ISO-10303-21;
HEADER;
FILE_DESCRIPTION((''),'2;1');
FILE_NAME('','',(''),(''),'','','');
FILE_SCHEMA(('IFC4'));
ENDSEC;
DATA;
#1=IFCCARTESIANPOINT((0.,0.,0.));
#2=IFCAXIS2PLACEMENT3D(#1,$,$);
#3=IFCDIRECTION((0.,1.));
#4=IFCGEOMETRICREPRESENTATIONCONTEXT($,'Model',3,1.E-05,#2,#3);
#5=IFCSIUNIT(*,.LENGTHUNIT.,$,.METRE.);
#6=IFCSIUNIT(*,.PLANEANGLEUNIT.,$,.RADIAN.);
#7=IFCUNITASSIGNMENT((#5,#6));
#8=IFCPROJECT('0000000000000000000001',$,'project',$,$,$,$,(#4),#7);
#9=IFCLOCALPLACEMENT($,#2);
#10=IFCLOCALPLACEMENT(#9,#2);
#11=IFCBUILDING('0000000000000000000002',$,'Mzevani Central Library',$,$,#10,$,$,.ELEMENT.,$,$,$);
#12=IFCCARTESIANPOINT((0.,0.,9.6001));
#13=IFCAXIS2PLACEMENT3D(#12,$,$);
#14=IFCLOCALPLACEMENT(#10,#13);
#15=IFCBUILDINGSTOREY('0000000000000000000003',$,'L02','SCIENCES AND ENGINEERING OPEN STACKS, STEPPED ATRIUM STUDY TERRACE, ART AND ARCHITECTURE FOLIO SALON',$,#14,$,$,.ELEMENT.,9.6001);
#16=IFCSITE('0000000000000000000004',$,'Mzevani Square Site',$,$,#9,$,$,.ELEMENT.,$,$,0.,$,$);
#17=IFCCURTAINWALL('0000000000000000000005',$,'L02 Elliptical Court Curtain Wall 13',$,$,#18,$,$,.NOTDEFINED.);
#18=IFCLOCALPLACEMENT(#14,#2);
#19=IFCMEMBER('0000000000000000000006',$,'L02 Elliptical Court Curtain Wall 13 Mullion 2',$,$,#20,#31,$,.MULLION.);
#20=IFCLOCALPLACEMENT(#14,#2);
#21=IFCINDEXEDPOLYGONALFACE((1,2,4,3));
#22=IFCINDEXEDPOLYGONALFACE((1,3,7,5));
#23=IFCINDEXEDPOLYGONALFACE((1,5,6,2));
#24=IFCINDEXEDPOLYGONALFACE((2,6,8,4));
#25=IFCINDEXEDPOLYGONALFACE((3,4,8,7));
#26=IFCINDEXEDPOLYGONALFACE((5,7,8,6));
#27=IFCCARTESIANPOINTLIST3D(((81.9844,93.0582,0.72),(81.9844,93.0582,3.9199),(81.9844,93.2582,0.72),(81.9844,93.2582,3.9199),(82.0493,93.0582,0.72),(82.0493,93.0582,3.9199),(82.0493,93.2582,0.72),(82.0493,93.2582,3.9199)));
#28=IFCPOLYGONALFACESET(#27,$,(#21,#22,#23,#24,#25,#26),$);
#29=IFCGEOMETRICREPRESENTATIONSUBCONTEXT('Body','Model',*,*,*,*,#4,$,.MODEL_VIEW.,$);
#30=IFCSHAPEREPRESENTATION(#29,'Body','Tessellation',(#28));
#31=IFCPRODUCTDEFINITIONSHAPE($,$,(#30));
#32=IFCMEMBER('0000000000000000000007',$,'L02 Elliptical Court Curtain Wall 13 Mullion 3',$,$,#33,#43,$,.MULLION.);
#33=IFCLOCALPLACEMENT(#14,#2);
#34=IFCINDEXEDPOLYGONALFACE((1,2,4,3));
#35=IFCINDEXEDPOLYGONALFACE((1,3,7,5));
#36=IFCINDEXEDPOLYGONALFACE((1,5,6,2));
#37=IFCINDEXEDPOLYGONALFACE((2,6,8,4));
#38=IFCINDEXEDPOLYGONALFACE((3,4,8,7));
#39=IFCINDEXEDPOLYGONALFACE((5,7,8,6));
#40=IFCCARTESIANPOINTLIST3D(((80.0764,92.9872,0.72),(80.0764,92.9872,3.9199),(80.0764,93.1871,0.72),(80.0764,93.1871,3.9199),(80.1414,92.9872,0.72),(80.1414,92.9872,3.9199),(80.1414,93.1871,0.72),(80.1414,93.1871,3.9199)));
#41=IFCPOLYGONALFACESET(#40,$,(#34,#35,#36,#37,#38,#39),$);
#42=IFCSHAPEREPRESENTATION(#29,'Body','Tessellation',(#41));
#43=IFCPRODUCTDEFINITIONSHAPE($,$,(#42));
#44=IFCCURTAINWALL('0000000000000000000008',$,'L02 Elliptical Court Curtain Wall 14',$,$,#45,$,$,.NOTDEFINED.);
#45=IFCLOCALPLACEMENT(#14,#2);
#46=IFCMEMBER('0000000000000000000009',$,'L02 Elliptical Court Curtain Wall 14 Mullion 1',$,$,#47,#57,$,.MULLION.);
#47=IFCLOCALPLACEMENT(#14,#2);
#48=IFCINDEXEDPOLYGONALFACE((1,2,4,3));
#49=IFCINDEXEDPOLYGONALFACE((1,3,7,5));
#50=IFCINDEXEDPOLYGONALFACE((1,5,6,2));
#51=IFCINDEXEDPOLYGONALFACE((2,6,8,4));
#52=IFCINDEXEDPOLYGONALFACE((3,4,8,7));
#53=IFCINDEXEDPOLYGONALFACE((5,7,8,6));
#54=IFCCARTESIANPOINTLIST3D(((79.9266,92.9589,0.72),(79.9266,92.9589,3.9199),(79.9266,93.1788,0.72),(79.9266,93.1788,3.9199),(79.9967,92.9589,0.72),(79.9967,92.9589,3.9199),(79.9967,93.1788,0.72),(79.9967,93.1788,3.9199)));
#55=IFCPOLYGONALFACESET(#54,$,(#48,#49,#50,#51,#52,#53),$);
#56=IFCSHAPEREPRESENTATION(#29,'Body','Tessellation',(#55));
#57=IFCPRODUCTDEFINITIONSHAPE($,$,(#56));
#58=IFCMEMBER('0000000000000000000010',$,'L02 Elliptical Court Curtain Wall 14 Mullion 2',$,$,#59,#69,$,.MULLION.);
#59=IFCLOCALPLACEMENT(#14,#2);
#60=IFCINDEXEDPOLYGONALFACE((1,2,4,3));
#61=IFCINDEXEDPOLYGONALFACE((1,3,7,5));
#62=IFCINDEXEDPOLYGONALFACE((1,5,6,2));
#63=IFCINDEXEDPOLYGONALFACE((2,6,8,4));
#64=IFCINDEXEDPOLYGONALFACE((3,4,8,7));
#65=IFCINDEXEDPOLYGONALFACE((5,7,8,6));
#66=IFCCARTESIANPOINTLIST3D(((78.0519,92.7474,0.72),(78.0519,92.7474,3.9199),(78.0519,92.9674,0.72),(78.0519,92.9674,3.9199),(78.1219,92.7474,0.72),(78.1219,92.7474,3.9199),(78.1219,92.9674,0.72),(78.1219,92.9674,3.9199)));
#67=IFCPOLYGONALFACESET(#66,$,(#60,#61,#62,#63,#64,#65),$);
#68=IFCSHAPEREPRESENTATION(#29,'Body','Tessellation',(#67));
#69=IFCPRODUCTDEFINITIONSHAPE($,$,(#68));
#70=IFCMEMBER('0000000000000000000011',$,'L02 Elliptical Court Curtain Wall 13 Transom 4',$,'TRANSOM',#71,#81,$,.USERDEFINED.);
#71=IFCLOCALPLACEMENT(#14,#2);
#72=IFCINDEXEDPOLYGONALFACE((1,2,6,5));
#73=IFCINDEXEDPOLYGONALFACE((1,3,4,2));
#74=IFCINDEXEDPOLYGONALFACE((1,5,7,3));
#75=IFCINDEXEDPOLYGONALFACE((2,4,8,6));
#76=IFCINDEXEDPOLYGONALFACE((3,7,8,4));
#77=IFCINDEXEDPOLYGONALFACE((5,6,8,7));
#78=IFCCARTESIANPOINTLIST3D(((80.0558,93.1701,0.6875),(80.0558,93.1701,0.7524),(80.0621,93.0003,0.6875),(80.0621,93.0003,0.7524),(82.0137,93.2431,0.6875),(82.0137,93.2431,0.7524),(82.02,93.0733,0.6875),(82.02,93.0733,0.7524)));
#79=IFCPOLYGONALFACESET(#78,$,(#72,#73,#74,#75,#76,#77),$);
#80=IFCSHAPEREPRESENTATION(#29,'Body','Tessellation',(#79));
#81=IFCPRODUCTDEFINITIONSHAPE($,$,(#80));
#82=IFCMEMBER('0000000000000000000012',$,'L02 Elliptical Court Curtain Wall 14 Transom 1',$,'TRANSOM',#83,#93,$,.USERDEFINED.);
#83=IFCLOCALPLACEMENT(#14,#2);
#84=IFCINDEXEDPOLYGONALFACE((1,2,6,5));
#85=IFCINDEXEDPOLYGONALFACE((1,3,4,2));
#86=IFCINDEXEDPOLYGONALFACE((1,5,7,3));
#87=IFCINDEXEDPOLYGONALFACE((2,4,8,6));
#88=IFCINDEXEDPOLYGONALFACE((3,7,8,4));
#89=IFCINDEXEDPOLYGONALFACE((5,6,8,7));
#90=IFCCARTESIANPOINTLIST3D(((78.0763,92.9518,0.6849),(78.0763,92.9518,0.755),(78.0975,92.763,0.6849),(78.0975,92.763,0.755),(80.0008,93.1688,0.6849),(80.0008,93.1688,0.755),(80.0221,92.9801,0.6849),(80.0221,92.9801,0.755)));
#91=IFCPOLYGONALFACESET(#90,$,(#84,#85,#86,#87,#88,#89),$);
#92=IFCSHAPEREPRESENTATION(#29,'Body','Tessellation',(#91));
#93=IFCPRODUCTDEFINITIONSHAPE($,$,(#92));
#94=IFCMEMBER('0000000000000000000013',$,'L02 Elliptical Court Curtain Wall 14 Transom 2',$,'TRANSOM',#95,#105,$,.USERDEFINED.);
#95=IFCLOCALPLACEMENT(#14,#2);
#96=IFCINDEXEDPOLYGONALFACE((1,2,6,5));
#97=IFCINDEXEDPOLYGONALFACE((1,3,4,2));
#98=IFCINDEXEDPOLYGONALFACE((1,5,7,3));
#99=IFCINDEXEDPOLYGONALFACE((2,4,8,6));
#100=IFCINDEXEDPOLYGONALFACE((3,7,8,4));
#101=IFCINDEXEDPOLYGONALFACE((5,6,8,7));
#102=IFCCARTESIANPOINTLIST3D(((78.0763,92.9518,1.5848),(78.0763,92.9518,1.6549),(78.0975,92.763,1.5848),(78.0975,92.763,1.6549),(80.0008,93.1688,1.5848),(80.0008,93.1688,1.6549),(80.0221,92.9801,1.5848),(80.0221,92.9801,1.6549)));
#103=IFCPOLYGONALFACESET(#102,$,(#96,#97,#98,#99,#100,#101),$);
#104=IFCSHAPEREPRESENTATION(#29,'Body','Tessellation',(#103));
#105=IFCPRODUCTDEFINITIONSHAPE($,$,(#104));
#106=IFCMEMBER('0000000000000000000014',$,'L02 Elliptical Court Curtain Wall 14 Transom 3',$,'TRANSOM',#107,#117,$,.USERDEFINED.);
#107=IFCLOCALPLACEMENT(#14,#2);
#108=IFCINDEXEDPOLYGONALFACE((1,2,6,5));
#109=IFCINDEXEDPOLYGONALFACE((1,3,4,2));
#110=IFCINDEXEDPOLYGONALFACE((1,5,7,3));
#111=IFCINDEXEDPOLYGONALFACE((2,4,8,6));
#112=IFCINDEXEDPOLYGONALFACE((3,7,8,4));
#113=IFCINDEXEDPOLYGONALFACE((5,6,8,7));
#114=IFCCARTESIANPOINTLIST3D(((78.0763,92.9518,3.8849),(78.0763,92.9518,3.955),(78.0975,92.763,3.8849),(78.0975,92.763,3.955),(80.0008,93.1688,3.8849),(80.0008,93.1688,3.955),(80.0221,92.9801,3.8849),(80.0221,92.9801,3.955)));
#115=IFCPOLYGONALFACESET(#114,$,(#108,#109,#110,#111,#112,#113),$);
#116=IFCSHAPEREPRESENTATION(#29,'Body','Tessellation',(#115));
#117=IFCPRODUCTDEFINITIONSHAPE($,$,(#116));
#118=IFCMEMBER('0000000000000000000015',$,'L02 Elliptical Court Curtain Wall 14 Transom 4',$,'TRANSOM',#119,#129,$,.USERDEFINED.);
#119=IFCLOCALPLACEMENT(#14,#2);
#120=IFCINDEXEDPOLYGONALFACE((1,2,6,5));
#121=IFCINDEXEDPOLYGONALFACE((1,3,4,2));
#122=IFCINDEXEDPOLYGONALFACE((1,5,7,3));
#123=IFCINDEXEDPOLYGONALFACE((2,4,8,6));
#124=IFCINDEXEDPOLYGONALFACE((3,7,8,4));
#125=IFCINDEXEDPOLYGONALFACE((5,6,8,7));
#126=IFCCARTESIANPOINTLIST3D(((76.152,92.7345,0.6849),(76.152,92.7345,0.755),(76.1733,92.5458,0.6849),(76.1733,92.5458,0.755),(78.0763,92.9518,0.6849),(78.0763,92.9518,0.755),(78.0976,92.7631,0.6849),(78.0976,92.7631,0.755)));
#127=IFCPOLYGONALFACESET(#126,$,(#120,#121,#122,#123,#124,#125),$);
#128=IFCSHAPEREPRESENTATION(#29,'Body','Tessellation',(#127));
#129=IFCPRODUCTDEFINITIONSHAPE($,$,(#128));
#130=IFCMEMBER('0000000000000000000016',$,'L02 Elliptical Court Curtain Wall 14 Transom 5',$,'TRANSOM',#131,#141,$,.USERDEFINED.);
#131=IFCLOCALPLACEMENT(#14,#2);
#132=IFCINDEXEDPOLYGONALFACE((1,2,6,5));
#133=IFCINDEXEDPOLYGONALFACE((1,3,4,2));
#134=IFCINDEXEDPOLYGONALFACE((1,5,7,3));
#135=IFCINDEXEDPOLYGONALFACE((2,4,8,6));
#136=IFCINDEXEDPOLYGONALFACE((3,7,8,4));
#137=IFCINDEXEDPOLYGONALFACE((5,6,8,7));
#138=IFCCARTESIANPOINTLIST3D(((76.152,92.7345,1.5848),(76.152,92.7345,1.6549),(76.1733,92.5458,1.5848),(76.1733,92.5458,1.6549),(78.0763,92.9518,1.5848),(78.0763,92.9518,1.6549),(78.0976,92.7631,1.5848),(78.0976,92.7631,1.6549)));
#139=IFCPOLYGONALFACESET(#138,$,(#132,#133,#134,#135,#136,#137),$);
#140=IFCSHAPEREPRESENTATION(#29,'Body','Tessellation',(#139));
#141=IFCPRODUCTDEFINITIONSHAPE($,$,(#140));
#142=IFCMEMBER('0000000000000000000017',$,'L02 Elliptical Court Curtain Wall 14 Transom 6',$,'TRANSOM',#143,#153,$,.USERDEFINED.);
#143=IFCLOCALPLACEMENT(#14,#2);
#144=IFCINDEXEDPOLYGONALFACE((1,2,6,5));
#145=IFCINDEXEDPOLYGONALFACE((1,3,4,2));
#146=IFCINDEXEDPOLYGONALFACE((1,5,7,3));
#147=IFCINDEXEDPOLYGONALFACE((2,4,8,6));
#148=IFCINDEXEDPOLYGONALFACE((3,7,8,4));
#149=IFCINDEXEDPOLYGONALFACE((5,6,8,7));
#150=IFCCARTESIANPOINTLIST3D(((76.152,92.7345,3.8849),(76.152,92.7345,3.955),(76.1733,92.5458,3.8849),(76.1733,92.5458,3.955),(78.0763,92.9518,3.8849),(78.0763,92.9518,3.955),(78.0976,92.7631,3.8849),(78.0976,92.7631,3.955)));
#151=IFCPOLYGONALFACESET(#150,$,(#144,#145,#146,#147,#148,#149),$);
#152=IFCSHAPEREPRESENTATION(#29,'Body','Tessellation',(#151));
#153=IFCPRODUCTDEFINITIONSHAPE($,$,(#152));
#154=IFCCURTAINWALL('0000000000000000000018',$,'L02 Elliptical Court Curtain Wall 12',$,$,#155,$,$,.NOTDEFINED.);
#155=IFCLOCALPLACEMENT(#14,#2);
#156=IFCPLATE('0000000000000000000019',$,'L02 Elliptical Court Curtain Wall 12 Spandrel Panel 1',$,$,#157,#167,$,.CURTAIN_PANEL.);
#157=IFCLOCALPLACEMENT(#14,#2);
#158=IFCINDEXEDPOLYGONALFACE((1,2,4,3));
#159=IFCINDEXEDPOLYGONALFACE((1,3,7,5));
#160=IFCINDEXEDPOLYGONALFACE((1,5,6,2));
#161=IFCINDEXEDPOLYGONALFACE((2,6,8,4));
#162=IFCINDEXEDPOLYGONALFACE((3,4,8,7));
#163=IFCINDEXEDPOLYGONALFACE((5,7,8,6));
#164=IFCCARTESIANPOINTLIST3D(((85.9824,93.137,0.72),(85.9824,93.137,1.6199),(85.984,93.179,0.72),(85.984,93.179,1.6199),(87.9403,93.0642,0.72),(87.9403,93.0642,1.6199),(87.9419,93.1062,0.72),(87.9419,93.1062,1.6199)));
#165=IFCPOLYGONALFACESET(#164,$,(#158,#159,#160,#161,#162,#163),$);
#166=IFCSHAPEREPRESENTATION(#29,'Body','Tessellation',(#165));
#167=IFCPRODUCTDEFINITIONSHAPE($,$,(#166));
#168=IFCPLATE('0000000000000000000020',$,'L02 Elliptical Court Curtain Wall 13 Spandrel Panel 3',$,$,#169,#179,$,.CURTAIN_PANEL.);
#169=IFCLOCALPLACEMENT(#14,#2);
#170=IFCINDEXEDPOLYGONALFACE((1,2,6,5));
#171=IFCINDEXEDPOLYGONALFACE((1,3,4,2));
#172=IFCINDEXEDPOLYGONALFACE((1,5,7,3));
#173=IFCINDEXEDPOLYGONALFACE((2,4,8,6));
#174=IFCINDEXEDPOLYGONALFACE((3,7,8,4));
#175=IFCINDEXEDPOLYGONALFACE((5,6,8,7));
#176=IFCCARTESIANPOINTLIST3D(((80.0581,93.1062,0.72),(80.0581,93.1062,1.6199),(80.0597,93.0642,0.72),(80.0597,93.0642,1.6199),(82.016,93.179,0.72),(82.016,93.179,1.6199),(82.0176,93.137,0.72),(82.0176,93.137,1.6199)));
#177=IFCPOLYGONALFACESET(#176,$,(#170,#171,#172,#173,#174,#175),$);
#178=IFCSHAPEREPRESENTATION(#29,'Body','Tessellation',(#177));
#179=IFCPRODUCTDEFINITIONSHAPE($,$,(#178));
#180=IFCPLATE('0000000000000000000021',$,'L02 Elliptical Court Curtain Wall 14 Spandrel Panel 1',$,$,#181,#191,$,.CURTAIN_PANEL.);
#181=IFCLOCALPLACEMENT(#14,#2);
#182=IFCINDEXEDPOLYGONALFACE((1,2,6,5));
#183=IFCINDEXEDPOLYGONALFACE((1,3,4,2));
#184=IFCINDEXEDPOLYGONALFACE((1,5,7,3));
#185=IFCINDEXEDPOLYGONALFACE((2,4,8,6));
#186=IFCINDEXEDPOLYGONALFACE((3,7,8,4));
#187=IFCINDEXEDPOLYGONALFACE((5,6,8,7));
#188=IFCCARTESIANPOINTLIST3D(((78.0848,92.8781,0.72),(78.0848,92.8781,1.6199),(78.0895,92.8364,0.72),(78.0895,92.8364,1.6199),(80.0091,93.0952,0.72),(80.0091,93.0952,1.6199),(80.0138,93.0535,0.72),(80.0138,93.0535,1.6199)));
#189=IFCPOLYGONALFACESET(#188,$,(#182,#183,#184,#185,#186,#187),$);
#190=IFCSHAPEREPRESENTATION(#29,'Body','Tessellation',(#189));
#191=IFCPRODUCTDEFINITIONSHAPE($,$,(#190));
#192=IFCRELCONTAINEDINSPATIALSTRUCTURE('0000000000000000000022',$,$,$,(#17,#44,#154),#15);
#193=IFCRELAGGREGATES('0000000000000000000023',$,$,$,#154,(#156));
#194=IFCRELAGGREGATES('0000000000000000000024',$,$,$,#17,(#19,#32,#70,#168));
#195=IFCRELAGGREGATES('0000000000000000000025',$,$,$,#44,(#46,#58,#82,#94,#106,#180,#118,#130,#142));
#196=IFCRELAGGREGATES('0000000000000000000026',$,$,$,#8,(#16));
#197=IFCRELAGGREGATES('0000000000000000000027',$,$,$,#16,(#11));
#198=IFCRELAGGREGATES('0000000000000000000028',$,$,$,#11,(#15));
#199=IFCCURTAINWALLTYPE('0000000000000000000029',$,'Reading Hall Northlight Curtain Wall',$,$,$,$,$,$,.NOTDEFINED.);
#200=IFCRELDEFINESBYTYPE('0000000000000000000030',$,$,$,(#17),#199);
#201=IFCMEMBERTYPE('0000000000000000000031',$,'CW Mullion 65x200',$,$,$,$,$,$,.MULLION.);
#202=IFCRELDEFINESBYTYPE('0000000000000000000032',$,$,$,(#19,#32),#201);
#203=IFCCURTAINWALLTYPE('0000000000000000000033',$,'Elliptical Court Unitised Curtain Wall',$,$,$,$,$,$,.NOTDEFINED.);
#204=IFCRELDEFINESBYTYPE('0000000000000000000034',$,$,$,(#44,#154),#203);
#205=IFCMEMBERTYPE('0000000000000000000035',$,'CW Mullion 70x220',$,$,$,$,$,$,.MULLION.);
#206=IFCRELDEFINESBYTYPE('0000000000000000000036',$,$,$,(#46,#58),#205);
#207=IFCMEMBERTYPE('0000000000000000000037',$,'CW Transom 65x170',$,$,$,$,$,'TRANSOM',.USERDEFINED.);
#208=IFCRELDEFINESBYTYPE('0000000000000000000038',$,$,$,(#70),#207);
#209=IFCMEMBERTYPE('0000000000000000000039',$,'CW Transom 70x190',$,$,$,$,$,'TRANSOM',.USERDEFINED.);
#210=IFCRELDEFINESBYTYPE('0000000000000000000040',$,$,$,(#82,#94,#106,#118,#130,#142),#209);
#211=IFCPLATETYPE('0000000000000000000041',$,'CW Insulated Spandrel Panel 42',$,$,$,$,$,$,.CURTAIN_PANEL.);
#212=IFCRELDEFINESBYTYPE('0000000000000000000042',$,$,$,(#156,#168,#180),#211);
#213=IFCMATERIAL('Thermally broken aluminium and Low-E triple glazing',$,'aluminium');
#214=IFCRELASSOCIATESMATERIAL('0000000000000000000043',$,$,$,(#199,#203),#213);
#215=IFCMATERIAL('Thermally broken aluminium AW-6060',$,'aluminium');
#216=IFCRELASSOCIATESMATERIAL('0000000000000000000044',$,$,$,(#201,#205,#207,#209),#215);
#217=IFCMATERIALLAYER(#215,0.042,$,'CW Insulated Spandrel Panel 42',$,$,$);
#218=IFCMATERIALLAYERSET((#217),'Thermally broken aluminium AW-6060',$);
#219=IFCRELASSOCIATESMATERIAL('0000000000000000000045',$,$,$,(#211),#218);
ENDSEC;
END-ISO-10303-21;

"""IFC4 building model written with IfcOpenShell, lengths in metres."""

from ifc_helpers import new_model, si_unit, direction, frame, origin, origin_2d, place, context, subcontext, project, spatial, rectangle, extrude, material, layer, layer_set, material_profile, profile_set, type_object, element, aggregate, save


model = new_model("IFC4")

# Units and contexts
model_context = context("Model", 3, precision=1e-05, world=origin(), true_north=direction((0.0, 1.0)))
body_context = subcontext(model_context, "Body", "Model", "MODEL_VIEW")
ifc_project = project(units=[si_unit("LENGTHUNIT", "METRE"), si_unit("PLANEANGLEUNIT", "RADIAN")], contexts=[model_context])

# Site, building, storey
site_placement = place(None, origin())
site = spatial("IfcSite", under=ifc_project, at=site_placement, Name="Mzevani Square Site", CompositionType="ELEMENT", RefElevation=0.0)
building_placement = place(site_placement, origin())
building = spatial("IfcBuilding", under=site, at=building_placement, Name="Mzevani Central Library", CompositionType="ELEMENT")
storey_placement = place(building_placement, frame((0.0, 0.0, 9.6001)))
storey = spatial("IfcBuildingStorey", under=building, at=storey_placement, Name="L02", Description="SCIENCES AND ENGINEERING OPEN STACKS, STEPPED ATRIUM STUDY TERRACE, ART AND ARCHITECTURE FOLIO SALON", CompositionType="ELEMENT", Elevation=9.6001)

# Curtain walls, members
ifc_material_1 = material(Name="Thermally broken aluminium and Low-E triple glazing", Category="aluminium")
curtain_wall_type_1 = type_object("IfcCurtainWallType", Name="Reading Hall Northlight Curtain Wall", PredefinedType="NOTDEFINED", material=ifc_material_1)
curtain_wall_1_placement = place(storey_placement, origin())
curtain_wall_1 = element("IfcCurtainWall", 1, at=curtain_wall_1_placement, inside=storey, type_object=curtain_wall_type_1, Name="L02 Elliptical Court Curtain Wall 13", PredefinedType="NOTDEFINED")
ifc_material_2 = material(Name="Thermally broken aluminium AW-6060", Category="aluminium")
ifc_material_profile_1 = material_profile(ifc_material_2, rectangle(XDim=0.0649, YDim=0.2, at=origin_2d()), Name="ALU M65x200")
ifc_profile_set_1 = profile_set([ifc_material_profile_1], Name="Thermally broken aluminium AW-6060")
member_type_1 = type_object("IfcMemberType", Name="CW Mullion 65x200", PredefinedType="MULLION", material=ifc_profile_set_1)
member_1_placement = place(storey_placement, frame((82.0168, 93.1582, 0.72), z_axis=(0.0, 0.0, 1.0), x_axis=(1.0, 0.0, 0.0)))
member_1 = element("IfcMember", 2, at=member_1_placement, type_object=member_type_1, Name="L02 Elliptical Court Curtain Wall 13 Mullion 2", PredefinedType="MULLION", context=body_context, shape_type="SweptSolid", body=[
    extrude(rectangle(XDim=0.0649, YDim=0.2, at=origin_2d()), origin(), (0.0, 0.0, 1.0), 3.2),
])
member_2_placement = place(storey_placement, frame((80.1089, 93.0872, 0.72), z_axis=(0.0, 0.0, 1.0), x_axis=(1.0, 0.0, 0.0)))
member_2 = element("IfcMember", 3, at=member_2_placement, type_object=member_type_1, Name="L02 Elliptical Court Curtain Wall 13 Mullion 3", PredefinedType="MULLION", context=body_context, shape_type="SweptSolid", body=[
    extrude(rectangle(XDim=0.0649, YDim=0.2, at=origin_2d()), origin(), (0.0, 0.0, 1.0), 3.2),
])
curtain_wall_type_2 = type_object("IfcCurtainWallType", Name="Elliptical Court Unitised Curtain Wall", PredefinedType="NOTDEFINED", material=ifc_material_1)
curtain_wall_2_placement = place(storey_placement, origin())
curtain_wall_2 = element("IfcCurtainWall", 4, at=curtain_wall_2_placement, inside=storey, type_object=curtain_wall_type_2, Name="L02 Elliptical Court Curtain Wall 14", PredefinedType="NOTDEFINED")
ifc_material_profile_2 = material_profile(ifc_material_2, rectangle(XDim=0.0701, YDim=0.22, at=origin_2d()), Name="ALU M70x220")
ifc_profile_set_2 = profile_set([ifc_material_profile_2], Name="Thermally broken aluminium AW-6060")
member_type_2 = type_object("IfcMemberType", Name="CW Mullion 70x220", PredefinedType="MULLION", material=ifc_profile_set_2)
member_3_placement = place(storey_placement, frame((79.9617, 93.0688, 0.72), z_axis=(0.0, 0.0, 1.0), x_axis=(1.0, 0.0, 0.0)))
member_3 = element("IfcMember", 5, at=member_3_placement, type_object=member_type_2, Name="L02 Elliptical Court Curtain Wall 14 Mullion 1", PredefinedType="MULLION", context=body_context, shape_type="SweptSolid", body=[
    extrude(rectangle(XDim=0.0701, YDim=0.22, at=origin_2d()), origin(), (0.0, 0.0, 1.0), 3.2),
])
member_4_placement = place(storey_placement, frame((78.0869, 92.8574, 0.72), z_axis=(0.0, 0.0, 1.0), x_axis=(1.0, 0.0, 0.0)))
member_4 = element("IfcMember", 6, at=member_4_placement, type_object=member_type_2, Name="L02 Elliptical Court Curtain Wall 14 Mullion 2", PredefinedType="MULLION", context=body_context, shape_type="SweptSolid", body=[
    extrude(rectangle(XDim=0.0701, YDim=0.22, at=origin_2d()), origin(), (0.0, 0.0, 1.0), 3.2),
])

# Members
ifc_material_profile_3 = material_profile(ifc_material_2, rectangle(XDim=0.1699, YDim=0.0649, at=origin_2d()), Name="ALU T65x170")
ifc_profile_set_3 = profile_set([ifc_material_profile_3], Name="Thermally broken aluminium AW-6060")
member_type_3 = type_object("IfcMemberType", Name="CW Transom 65x170", ElementType="TRANSOM", PredefinedType="USERDEFINED", material=ifc_profile_set_3)
member_5_placement = place(storey_placement, frame((82.0168, 93.1582, 0.72), z_axis=(-0.999306, -0.037261, 0.0), x_axis=(0.037261, -0.999306, 0.0)))
member_5 = element("IfcMember", 7, at=member_5_placement, type_object=member_type_3, Name="L02 Elliptical Court Curtain Wall 13 Transom 4", ObjectType="TRANSOM", PredefinedType="USERDEFINED", context=body_context, shape_type="SweptSolid", body=[
    extrude(rectangle(XDim=0.1699, YDim=0.0649, at=origin_2d()), origin(), (0.0, 0.0, 1.0), 1.9592),
])
ifc_material_profile_4 = material_profile(ifc_material_2, rectangle(XDim=0.1899, YDim=0.0701, at=origin_2d()), Name="ALU T70x190")
ifc_profile_set_4 = profile_set([ifc_material_profile_4], Name="Thermally broken aluminium AW-6060")
member_type_4 = type_object("IfcMemberType", Name="CW Transom 70x190", ElementType="TRANSOM", PredefinedType="USERDEFINED", material=ifc_profile_set_4)
member_6_placement = place(storey_placement, frame((80.0115, 93.0745, 0.72), z_axis=(-0.993701, -0.112064, 0.0), x_axis=(0.112064, -0.993701, 0.0)))
member_6 = element("IfcMember", 8, at=member_6_placement, type_object=member_type_4, Name="L02 Elliptical Court Curtain Wall 14 Transom 1", ObjectType="TRANSOM", PredefinedType="USERDEFINED", context=body_context, shape_type="SweptSolid", body=[
    extrude(rectangle(XDim=0.1899, YDim=0.0701, at=origin_2d()), origin(), (0.0, 0.0, 1.0), 1.9368),
])
member_7_placement = place(storey_placement, frame((80.0115, 93.0745, 1.6199), z_axis=(-0.993701, -0.112064, 0.0), x_axis=(0.112064, -0.993701, 0.0)))
member_7 = element("IfcMember", 9, at=member_7_placement, type_object=member_type_4, Name="L02 Elliptical Court Curtain Wall 14 Transom 2", ObjectType="TRANSOM", PredefinedType="USERDEFINED", context=body_context, shape_type="SweptSolid", body=[
    extrude(rectangle(XDim=0.1899, YDim=0.0701, at=origin_2d()), origin(), (0.0, 0.0, 1.0), 1.9368),
])
member_8_placement = place(storey_placement, frame((80.0115, 93.0745, 3.9199), z_axis=(-0.993701, -0.112064, 0.0), x_axis=(0.112064, -0.993701, 0.0)))
member_8 = element("IfcMember", 10, at=member_8_placement, type_object=member_type_4, Name="L02 Elliptical Court Curtain Wall 14 Transom 3", ObjectType="TRANSOM", PredefinedType="USERDEFINED", context=body_context, shape_type="SweptSolid", body=[
    extrude(rectangle(XDim=0.1899, YDim=0.0701, at=origin_2d()), origin(), (0.0, 0.0, 1.0), 1.9368),
])
member_9_placement = place(storey_placement, frame((78.0869, 92.8574, 0.72), z_axis=(-0.993685, -0.112202, 0.0), x_axis=(0.112202, -0.993685, 0.0)))
member_9 = element("IfcMember", 11, at=member_9_placement, type_object=member_type_4, Name="L02 Elliptical Court Curtain Wall 14 Transom 4", ObjectType="TRANSOM", PredefinedType="USERDEFINED", context=body_context, shape_type="SweptSolid", body=[
    extrude(rectangle(XDim=0.1899, YDim=0.0701, at=origin_2d()), origin(), (0.0, 0.0, 1.0), 1.9365),
])
member_10_placement = place(storey_placement, frame((78.0869, 92.8574, 1.6199), z_axis=(-0.993685, -0.112202, 0.0), x_axis=(0.112202, -0.993685, 0.0)))
member_10 = element("IfcMember", 12, at=member_10_placement, type_object=member_type_4, Name="L02 Elliptical Court Curtain Wall 14 Transom 5", ObjectType="TRANSOM", PredefinedType="USERDEFINED", context=body_context, shape_type="SweptSolid", body=[
    extrude(rectangle(XDim=0.1899, YDim=0.0701, at=origin_2d()), origin(), (0.0, 0.0, 1.0), 1.9365),
])
member_11_placement = place(storey_placement, frame((78.0869, 92.8574, 3.9199), z_axis=(-0.993685, -0.112202, 0.0), x_axis=(0.112202, -0.993685, 0.0)))
member_11 = element("IfcMember", 13, at=member_11_placement, type_object=member_type_4, Name="L02 Elliptical Court Curtain Wall 14 Transom 6", ObjectType="TRANSOM", PredefinedType="USERDEFINED", context=body_context, shape_type="SweptSolid", body=[
    extrude(rectangle(XDim=0.1899, YDim=0.0701, at=origin_2d()), origin(), (0.0, 0.0, 1.0), 1.9365),
])

# Curtain wall, plate
curtain_wall_3_placement = place(storey_placement, origin())
curtain_wall_3 = element("IfcCurtainWall", 14, at=curtain_wall_3_placement, inside=storey, type_object=curtain_wall_type_2, Name="L02 Elliptical Court Curtain Wall 12", PredefinedType="NOTDEFINED")
ifc_layer_1 = layer(ifc_material_2, 0.042, Name="CW Insulated Spandrel Panel 42")
ifc_layer_set_1 = layer_set([ifc_layer_1], Name="Thermally broken aluminium AW-6060")
plate_type_1 = type_object("IfcPlateType", Name="CW Insulated Spandrel Panel 42", PredefinedType="CURTAIN_PANEL", material=ifc_layer_set_1)
plate_1_placement = place(storey_placement, frame((86.9622, 93.1216, 0.72), z_axis=(0.0, 0.0, 1.0), x_axis=(-0.999309, 0.037158, 0.0)))
plate_1 = element("IfcPlate", 15, at=plate_1_placement, type_object=plate_type_1, Name="L02 Elliptical Court Curtain Wall 12 Spandrel Panel 1", PredefinedType="CURTAIN_PANEL", context=body_context, shape_type="SweptSolid", body=[
    extrude(rectangle(XDim=1.9592, YDim=0.042, at=origin_2d()), origin(), (0.0, 0.0, 1.0), 0.8999),
])

# Plates
plate_2_placement = place(storey_placement, frame((81.0378, 93.1216, 0.72), z_axis=(0.0, 0.0, 1.0), x_axis=(-0.999309, -0.037158, 0.0)))
plate_2 = element("IfcPlate", 16, at=plate_2_placement, type_object=plate_type_1, Name="L02 Elliptical Court Curtain Wall 13 Spandrel Panel 3", PredefinedType="CURTAIN_PANEL", context=body_context, shape_type="SweptSolid", body=[
    extrude(rectangle(XDim=1.9592, YDim=0.042, at=origin_2d()), origin(), (0.0, 0.0, 1.0), 0.8999),
])
plate_3_placement = place(storey_placement, frame((79.0493, 92.9658, 0.72), z_axis=(0.0, 0.0, 1.0), x_axis=(-0.993697, -0.112104, 0.0)))
plate_3 = element("IfcPlate", 17, at=plate_3_placement, type_object=plate_type_1, Name="L02 Elliptical Court Curtain Wall 14 Spandrel Panel 1", PredefinedType="CURTAIN_PANEL", context=body_context, shape_type="SweptSolid", body=[
    extrude(rectangle(XDim=1.9365, YDim=0.042, at=origin_2d()), origin(), (0.0, 0.0, 1.0), 0.8999),
])
aggregate(curtain_wall_3, [plate_1])
aggregate(curtain_wall_1, [member_1, member_2, member_5, plate_2])
aggregate(curtain_wall_2, [member_3, member_4, member_6, member_7, member_8, plate_3, member_9, member_10, member_11])

save(model, "model.ifc")
